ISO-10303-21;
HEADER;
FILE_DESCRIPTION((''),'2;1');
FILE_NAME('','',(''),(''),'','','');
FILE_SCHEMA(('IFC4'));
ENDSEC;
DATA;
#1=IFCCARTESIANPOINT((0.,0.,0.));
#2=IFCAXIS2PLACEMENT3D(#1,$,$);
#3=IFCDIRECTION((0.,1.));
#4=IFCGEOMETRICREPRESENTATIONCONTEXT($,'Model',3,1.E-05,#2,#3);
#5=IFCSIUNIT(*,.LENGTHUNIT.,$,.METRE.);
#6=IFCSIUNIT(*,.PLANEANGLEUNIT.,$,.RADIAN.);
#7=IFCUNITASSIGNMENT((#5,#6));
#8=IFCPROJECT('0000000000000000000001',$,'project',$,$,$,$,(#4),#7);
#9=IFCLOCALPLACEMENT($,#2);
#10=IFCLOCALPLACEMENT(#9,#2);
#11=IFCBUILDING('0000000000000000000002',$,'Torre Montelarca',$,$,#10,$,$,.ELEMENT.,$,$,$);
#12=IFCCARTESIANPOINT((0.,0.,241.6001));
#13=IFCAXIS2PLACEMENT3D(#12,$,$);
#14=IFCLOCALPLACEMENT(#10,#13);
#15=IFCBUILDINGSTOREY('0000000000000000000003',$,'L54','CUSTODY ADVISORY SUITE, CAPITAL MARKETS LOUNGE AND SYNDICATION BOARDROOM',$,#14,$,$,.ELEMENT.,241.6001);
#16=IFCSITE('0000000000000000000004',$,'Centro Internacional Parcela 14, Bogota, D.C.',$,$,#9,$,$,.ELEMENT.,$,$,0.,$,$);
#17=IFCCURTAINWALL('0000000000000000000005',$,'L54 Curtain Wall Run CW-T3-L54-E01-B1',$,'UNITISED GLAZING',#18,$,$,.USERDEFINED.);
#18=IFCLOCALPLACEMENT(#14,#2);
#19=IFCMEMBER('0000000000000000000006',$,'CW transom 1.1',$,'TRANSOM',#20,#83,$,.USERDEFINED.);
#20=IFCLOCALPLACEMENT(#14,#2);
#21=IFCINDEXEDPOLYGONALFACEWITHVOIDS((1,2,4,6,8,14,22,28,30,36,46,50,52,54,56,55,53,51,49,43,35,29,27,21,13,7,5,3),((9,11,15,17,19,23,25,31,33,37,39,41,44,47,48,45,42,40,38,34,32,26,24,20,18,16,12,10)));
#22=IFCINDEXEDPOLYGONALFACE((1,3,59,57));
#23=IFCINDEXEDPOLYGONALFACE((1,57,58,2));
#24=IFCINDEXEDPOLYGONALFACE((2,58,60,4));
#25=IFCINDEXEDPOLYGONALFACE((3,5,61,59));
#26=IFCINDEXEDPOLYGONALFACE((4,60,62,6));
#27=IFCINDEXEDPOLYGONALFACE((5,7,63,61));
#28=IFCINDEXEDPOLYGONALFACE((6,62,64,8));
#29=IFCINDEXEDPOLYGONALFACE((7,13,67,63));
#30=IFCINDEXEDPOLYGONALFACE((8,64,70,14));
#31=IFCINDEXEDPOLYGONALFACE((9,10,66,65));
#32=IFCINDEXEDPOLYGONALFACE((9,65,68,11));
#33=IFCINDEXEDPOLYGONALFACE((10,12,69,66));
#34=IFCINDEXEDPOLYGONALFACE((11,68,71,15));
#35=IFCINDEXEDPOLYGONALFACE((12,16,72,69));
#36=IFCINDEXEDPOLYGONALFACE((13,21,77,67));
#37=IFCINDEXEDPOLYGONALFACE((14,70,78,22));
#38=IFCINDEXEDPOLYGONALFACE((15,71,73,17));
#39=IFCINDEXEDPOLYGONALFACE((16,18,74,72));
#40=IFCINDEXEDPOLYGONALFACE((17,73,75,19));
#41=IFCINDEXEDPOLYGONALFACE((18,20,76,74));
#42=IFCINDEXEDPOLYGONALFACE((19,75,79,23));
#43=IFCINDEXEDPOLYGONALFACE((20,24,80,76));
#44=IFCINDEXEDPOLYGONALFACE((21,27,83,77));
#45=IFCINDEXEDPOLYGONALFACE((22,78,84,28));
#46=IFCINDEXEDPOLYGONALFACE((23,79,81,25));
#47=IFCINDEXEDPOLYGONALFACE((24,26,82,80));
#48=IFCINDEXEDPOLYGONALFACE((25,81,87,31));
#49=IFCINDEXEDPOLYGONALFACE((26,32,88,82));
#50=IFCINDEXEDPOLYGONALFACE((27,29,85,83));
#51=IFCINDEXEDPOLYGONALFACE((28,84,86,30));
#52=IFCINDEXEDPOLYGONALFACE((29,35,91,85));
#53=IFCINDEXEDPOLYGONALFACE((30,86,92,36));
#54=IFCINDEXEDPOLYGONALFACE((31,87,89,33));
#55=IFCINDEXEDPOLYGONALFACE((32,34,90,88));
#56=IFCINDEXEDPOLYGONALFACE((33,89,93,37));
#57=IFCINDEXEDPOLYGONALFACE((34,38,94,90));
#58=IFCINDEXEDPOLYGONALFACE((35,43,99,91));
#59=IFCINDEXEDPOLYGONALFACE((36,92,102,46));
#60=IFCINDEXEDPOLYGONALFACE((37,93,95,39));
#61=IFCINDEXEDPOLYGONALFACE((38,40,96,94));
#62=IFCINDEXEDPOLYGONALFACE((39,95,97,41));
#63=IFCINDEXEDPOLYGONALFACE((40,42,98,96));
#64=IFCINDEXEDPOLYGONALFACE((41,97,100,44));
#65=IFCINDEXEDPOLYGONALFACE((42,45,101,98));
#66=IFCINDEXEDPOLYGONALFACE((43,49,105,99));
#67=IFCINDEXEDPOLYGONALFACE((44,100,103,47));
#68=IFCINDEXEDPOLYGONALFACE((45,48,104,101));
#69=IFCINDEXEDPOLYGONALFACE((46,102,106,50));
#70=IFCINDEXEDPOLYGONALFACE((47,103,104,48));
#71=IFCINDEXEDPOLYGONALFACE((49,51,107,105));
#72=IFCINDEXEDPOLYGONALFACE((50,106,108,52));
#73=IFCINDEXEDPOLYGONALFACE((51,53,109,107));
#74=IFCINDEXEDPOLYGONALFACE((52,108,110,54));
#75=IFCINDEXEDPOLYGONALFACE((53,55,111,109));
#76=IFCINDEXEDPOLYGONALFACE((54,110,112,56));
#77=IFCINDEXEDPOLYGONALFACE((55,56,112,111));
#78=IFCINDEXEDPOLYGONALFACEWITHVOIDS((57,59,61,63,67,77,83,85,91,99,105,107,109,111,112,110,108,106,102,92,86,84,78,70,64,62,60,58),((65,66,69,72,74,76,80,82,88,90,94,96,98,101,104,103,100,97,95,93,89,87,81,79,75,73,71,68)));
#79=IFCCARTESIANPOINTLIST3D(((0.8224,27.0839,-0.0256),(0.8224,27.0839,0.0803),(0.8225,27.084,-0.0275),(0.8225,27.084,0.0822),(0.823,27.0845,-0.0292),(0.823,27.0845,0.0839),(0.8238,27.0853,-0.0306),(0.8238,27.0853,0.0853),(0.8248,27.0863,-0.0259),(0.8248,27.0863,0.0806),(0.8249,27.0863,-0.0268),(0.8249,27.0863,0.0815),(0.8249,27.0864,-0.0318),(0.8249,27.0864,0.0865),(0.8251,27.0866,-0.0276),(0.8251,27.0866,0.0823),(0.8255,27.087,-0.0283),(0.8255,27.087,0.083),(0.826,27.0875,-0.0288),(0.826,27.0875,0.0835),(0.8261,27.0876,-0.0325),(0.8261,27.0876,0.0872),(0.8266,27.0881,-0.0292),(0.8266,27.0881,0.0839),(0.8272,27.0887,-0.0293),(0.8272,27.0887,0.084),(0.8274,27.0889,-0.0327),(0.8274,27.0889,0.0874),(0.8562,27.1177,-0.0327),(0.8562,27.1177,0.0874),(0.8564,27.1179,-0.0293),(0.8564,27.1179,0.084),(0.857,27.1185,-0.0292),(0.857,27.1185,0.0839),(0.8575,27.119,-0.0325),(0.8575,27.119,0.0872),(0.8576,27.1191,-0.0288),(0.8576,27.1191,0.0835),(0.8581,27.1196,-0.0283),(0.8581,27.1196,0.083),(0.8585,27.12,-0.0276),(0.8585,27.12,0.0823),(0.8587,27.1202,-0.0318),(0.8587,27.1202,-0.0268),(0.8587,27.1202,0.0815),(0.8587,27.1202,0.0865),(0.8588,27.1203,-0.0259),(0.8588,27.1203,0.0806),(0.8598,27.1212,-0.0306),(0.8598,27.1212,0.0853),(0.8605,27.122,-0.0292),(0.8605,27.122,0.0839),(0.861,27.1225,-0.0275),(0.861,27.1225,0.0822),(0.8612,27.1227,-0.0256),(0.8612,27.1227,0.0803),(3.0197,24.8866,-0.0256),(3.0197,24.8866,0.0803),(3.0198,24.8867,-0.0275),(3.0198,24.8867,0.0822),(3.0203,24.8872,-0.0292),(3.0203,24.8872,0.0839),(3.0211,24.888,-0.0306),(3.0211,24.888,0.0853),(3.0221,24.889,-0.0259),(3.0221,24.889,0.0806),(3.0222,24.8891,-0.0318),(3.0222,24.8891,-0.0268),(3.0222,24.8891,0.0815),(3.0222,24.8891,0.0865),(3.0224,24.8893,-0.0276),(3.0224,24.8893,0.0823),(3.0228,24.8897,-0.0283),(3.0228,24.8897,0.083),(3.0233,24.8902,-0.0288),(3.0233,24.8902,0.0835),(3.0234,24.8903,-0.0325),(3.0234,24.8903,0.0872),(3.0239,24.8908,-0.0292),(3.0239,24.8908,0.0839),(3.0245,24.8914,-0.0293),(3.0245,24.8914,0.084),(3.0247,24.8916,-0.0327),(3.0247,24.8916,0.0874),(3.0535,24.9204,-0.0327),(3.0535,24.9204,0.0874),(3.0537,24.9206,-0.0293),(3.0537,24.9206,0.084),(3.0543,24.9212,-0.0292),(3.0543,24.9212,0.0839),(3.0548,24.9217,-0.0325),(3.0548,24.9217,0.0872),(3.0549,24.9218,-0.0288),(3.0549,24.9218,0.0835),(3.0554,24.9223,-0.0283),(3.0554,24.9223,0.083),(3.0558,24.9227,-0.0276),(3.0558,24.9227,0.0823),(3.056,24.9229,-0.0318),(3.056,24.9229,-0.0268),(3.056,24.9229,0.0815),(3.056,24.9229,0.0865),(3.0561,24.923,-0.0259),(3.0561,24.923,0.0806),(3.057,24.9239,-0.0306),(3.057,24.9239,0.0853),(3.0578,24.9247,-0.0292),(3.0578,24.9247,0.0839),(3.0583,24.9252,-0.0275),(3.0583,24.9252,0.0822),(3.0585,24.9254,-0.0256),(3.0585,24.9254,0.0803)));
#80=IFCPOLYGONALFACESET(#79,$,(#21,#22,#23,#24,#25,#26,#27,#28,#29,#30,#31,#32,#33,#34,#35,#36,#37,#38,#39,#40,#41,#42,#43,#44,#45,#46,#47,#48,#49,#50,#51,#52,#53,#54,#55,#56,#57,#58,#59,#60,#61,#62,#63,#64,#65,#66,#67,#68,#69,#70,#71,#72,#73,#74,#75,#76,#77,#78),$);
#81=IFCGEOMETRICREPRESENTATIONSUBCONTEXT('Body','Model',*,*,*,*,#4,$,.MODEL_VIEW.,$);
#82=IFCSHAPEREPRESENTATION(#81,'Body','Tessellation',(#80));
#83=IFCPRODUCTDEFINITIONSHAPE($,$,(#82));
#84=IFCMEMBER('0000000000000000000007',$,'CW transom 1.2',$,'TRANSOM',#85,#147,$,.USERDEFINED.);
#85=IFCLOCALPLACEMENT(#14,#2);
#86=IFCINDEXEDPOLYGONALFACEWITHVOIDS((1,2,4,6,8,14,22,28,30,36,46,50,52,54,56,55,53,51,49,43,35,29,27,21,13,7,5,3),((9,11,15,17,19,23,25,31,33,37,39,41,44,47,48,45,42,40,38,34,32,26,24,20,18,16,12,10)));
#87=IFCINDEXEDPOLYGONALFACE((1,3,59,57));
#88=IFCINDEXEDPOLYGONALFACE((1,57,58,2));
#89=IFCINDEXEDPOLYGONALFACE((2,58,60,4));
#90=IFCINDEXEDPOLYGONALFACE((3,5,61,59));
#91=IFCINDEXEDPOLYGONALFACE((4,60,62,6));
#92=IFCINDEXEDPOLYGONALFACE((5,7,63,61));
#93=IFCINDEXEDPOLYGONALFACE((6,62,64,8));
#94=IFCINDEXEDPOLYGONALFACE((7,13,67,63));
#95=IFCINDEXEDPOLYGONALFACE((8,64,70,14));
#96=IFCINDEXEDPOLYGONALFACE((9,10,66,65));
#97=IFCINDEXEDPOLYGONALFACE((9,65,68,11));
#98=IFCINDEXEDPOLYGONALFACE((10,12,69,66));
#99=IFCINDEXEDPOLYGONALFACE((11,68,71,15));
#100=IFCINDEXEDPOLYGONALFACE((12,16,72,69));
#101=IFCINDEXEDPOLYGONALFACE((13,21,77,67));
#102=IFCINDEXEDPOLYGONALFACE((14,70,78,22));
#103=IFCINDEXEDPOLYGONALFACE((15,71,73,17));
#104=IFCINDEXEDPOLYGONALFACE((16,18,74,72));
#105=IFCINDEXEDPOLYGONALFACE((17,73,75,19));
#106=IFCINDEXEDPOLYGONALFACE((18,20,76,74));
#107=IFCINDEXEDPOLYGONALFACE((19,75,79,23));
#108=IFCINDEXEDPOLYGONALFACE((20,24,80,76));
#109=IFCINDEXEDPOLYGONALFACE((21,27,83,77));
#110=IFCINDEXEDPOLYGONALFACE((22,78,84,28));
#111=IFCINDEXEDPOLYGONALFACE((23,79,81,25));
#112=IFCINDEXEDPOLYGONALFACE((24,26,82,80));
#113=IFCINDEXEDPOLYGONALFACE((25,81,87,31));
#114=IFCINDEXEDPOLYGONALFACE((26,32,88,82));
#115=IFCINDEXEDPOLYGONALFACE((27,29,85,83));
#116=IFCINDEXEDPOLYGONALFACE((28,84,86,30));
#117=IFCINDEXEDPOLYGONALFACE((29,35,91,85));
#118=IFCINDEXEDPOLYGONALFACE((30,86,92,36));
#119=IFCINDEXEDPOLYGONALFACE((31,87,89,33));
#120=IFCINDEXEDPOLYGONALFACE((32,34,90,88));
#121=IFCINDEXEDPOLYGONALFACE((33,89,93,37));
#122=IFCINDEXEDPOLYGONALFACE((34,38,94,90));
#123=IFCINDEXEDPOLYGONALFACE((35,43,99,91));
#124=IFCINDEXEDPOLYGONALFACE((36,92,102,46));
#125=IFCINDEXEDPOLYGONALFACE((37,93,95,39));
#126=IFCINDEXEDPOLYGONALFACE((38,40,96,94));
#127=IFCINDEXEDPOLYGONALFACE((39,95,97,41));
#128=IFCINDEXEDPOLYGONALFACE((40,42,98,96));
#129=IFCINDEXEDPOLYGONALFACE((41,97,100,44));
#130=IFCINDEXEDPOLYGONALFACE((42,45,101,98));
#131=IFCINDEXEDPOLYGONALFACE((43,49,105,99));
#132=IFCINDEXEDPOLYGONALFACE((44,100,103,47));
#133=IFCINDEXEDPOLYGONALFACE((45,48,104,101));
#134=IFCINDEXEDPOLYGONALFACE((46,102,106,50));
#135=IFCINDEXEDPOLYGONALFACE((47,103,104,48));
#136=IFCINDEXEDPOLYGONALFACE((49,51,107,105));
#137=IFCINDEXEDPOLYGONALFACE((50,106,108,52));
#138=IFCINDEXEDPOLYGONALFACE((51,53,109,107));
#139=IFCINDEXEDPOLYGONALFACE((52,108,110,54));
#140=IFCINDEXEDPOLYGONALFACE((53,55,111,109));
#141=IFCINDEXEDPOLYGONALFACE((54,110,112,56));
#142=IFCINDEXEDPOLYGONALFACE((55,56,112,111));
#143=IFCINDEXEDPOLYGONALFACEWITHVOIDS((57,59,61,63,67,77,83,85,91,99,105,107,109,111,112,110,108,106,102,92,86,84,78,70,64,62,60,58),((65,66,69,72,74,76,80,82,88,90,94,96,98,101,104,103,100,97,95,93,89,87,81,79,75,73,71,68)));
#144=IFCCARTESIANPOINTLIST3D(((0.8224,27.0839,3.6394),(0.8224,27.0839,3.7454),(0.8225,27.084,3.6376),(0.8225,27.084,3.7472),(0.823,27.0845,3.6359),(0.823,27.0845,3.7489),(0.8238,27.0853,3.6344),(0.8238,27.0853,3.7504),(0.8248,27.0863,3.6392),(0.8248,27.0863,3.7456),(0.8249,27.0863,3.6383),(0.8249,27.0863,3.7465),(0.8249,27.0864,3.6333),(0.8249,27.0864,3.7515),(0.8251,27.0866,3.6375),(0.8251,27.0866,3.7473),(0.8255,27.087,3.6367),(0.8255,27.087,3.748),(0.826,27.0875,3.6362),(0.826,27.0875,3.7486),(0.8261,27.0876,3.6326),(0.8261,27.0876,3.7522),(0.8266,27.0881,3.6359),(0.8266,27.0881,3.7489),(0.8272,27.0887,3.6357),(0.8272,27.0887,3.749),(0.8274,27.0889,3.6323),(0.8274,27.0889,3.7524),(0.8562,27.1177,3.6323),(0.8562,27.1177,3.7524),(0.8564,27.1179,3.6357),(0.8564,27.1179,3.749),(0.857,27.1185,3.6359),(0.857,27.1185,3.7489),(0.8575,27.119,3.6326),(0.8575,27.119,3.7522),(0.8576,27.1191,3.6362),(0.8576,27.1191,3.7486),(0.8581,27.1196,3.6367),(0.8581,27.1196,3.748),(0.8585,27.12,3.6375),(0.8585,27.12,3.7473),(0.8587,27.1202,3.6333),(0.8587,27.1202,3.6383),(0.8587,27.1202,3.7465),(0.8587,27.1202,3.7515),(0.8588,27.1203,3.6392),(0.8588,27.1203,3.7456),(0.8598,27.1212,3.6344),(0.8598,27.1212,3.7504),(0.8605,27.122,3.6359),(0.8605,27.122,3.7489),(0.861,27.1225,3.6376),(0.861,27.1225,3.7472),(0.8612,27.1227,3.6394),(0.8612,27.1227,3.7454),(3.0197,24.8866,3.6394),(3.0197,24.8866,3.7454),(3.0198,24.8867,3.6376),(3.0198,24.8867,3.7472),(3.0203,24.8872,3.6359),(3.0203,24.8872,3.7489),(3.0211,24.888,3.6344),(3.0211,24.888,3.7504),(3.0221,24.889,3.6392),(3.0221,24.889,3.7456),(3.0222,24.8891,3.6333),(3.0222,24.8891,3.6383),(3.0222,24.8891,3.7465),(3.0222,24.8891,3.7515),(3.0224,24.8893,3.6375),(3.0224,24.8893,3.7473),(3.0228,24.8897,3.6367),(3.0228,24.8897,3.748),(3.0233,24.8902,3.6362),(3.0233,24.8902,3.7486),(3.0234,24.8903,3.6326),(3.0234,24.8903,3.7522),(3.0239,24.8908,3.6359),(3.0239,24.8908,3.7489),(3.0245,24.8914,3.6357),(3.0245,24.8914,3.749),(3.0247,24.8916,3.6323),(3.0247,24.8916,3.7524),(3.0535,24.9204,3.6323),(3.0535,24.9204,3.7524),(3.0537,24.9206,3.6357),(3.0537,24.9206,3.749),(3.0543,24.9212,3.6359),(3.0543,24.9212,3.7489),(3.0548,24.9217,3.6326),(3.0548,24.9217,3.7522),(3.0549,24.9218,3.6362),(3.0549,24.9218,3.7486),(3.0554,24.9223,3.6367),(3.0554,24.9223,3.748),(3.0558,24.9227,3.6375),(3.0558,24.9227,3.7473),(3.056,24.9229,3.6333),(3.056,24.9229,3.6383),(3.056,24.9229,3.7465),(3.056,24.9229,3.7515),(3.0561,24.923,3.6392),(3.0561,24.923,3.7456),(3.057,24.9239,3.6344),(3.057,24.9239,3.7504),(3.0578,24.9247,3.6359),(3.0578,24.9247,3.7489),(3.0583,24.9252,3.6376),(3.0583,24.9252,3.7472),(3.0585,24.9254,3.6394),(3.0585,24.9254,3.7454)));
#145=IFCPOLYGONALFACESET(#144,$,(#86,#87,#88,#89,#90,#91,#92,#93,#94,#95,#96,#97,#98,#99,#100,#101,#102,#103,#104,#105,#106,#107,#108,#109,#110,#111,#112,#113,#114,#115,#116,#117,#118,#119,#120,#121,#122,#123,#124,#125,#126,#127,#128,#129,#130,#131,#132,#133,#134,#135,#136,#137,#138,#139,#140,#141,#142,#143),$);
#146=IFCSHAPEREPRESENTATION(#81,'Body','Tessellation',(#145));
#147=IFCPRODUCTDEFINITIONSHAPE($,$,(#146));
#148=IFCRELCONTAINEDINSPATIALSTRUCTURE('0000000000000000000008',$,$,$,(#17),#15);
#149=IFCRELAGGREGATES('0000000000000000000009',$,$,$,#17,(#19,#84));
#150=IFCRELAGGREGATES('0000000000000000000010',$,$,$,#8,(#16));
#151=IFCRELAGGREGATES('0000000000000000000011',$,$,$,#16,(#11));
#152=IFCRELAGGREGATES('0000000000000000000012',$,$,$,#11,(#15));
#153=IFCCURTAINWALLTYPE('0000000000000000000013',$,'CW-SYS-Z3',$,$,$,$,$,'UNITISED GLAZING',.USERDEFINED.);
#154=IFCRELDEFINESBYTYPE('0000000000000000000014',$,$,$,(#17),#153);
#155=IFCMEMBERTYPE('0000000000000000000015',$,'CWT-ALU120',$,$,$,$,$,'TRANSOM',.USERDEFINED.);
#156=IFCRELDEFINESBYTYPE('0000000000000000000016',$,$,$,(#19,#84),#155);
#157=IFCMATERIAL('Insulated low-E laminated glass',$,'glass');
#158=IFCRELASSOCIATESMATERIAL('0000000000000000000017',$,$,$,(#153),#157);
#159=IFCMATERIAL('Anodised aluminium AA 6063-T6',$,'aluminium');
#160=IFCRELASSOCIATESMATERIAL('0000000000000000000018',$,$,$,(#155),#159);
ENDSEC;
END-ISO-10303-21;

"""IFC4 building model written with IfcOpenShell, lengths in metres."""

from ifc_helpers import new_model, si_unit, direction, frame, origin, origin_2d, place, context, subcontext, project, spatial, hollow_rectangle, extrude, source, transform, mapped, material, material_profile, profile_set, type_object, element, aggregate, save


model = new_model("IFC4")

# Units and contexts
model_context = context("Model", 3, precision=1e-05, world=origin(), true_north=direction((0.0, 1.0)))
body_context = subcontext(model_context, "Body", "Model", "MODEL_VIEW")
ifc_project = project(units=[si_unit("LENGTHUNIT", "METRE"), si_unit("PLANEANGLEUNIT", "RADIAN")], contexts=[model_context])

# Site, building, storey
site_placement = place(None, origin())
site = spatial("IfcSite", under=ifc_project, at=site_placement, Name="Centro Internacional Parcela 14, Bogota, D.C.", CompositionType="ELEMENT", RefElevation=0.0)
building_placement = place(site_placement, origin())
building = spatial("IfcBuilding", under=site, at=building_placement, Name="Torre Montelarca", CompositionType="ELEMENT")
storey_placement = place(building_placement, frame((0.0, 0.0, 241.6001)))
storey = spatial("IfcBuildingStorey", under=building, at=storey_placement, Name="L54", Description="CUSTODY ADVISORY SUITE, CAPITAL MARKETS LOUNGE AND SYNDICATION BOARDROOM", CompositionType="ELEMENT", Elevation=241.6001)

# Curtain wall, members
ifc_material_1 = material(Name="Insulated low-E laminated glass", Category="glass")
curtain_wall_type = type_object("IfcCurtainWallType", Name="CW-SYS-Z3", ElementType="UNITISED GLAZING", PredefinedType="USERDEFINED", material=ifc_material_1)
curtain_wall_placement = place(storey_placement, origin())
curtain_wall = element("IfcCurtainWall", 1, at=curtain_wall_placement, inside=storey, type_object=curtain_wall_type, Name="L54 Curtain Wall Run CW-T3-L54-E01-B1", ObjectType="UNITISED GLAZING", PredefinedType="USERDEFINED")
ifc_material_2 = material(Name="Anodised aluminium AA 6063-T6", Category="aluminium")
ifc_material_profile_1 = material_profile(ifc_material_2, hollow_rectangle(XDim=0.0549, YDim=0.1201, WallThickness=0.0034, InnerFilletRadius=0.0034, OuterFilletRadius=0.0071, at=origin_2d()), Name="ALU55X120X3.5", Category="aluminium")
ifc_profile_set_1 = profile_set([ifc_material_profile_1], Name="Anodised aluminium AA 6063-T6")
member_type_1 = type_object("IfcMemberType", Name="CWT-ALU120", ElementType="TRANSOM", PredefinedType="USERDEFINED", material=ifc_profile_set_1)
shared_shape_1 = source(origin(), body_context, "Body", "SweptSolid", [
    extrude(hollow_rectangle(XDim=0.0549, YDim=0.1201, WallThickness=0.0034, InnerFilletRadius=0.0034, OuterFilletRadius=0.0071, at=origin_2d()), origin(), (0.0, 0.0, 1.0), 3.1074),
])
member_1_placement = place(storey_placement, frame((0.8418, 27.1033, 0.0273), z_axis=(0.707107, -0.707107, 0.0), x_axis=(0.707107, 0.707107, 0.0)))
member_1 = element("IfcMember", 2, at=member_1_placement, type_object=member_type_1, Name="CW transom 1.1", ObjectType="TRANSOM", PredefinedType="USERDEFINED", context=body_context, shape_type="MappedRepresentation", body=[
    mapped(shared_shape_1, transform((0.0, 0.0, 0.0), scale=1.0)),
])
member_2_placement = place(storey_placement, frame((0.8418, 27.1033, 3.6924), z_axis=(0.707107, -0.707107, 0.0), x_axis=(0.707107, 0.707107, 0.0)))
member_2 = element("IfcMember", 3, at=member_2_placement, type_object=member_type_1, Name="CW transom 1.2", ObjectType="TRANSOM", PredefinedType="USERDEFINED", context=body_context, shape_type="MappedRepresentation", body=[
    mapped(shared_shape_1, transform((0.0, 0.0, 0.0), scale=1.0)),
])
aggregate(curtain_wall, [member_1, member_2])

save(model, "model.ifc")
